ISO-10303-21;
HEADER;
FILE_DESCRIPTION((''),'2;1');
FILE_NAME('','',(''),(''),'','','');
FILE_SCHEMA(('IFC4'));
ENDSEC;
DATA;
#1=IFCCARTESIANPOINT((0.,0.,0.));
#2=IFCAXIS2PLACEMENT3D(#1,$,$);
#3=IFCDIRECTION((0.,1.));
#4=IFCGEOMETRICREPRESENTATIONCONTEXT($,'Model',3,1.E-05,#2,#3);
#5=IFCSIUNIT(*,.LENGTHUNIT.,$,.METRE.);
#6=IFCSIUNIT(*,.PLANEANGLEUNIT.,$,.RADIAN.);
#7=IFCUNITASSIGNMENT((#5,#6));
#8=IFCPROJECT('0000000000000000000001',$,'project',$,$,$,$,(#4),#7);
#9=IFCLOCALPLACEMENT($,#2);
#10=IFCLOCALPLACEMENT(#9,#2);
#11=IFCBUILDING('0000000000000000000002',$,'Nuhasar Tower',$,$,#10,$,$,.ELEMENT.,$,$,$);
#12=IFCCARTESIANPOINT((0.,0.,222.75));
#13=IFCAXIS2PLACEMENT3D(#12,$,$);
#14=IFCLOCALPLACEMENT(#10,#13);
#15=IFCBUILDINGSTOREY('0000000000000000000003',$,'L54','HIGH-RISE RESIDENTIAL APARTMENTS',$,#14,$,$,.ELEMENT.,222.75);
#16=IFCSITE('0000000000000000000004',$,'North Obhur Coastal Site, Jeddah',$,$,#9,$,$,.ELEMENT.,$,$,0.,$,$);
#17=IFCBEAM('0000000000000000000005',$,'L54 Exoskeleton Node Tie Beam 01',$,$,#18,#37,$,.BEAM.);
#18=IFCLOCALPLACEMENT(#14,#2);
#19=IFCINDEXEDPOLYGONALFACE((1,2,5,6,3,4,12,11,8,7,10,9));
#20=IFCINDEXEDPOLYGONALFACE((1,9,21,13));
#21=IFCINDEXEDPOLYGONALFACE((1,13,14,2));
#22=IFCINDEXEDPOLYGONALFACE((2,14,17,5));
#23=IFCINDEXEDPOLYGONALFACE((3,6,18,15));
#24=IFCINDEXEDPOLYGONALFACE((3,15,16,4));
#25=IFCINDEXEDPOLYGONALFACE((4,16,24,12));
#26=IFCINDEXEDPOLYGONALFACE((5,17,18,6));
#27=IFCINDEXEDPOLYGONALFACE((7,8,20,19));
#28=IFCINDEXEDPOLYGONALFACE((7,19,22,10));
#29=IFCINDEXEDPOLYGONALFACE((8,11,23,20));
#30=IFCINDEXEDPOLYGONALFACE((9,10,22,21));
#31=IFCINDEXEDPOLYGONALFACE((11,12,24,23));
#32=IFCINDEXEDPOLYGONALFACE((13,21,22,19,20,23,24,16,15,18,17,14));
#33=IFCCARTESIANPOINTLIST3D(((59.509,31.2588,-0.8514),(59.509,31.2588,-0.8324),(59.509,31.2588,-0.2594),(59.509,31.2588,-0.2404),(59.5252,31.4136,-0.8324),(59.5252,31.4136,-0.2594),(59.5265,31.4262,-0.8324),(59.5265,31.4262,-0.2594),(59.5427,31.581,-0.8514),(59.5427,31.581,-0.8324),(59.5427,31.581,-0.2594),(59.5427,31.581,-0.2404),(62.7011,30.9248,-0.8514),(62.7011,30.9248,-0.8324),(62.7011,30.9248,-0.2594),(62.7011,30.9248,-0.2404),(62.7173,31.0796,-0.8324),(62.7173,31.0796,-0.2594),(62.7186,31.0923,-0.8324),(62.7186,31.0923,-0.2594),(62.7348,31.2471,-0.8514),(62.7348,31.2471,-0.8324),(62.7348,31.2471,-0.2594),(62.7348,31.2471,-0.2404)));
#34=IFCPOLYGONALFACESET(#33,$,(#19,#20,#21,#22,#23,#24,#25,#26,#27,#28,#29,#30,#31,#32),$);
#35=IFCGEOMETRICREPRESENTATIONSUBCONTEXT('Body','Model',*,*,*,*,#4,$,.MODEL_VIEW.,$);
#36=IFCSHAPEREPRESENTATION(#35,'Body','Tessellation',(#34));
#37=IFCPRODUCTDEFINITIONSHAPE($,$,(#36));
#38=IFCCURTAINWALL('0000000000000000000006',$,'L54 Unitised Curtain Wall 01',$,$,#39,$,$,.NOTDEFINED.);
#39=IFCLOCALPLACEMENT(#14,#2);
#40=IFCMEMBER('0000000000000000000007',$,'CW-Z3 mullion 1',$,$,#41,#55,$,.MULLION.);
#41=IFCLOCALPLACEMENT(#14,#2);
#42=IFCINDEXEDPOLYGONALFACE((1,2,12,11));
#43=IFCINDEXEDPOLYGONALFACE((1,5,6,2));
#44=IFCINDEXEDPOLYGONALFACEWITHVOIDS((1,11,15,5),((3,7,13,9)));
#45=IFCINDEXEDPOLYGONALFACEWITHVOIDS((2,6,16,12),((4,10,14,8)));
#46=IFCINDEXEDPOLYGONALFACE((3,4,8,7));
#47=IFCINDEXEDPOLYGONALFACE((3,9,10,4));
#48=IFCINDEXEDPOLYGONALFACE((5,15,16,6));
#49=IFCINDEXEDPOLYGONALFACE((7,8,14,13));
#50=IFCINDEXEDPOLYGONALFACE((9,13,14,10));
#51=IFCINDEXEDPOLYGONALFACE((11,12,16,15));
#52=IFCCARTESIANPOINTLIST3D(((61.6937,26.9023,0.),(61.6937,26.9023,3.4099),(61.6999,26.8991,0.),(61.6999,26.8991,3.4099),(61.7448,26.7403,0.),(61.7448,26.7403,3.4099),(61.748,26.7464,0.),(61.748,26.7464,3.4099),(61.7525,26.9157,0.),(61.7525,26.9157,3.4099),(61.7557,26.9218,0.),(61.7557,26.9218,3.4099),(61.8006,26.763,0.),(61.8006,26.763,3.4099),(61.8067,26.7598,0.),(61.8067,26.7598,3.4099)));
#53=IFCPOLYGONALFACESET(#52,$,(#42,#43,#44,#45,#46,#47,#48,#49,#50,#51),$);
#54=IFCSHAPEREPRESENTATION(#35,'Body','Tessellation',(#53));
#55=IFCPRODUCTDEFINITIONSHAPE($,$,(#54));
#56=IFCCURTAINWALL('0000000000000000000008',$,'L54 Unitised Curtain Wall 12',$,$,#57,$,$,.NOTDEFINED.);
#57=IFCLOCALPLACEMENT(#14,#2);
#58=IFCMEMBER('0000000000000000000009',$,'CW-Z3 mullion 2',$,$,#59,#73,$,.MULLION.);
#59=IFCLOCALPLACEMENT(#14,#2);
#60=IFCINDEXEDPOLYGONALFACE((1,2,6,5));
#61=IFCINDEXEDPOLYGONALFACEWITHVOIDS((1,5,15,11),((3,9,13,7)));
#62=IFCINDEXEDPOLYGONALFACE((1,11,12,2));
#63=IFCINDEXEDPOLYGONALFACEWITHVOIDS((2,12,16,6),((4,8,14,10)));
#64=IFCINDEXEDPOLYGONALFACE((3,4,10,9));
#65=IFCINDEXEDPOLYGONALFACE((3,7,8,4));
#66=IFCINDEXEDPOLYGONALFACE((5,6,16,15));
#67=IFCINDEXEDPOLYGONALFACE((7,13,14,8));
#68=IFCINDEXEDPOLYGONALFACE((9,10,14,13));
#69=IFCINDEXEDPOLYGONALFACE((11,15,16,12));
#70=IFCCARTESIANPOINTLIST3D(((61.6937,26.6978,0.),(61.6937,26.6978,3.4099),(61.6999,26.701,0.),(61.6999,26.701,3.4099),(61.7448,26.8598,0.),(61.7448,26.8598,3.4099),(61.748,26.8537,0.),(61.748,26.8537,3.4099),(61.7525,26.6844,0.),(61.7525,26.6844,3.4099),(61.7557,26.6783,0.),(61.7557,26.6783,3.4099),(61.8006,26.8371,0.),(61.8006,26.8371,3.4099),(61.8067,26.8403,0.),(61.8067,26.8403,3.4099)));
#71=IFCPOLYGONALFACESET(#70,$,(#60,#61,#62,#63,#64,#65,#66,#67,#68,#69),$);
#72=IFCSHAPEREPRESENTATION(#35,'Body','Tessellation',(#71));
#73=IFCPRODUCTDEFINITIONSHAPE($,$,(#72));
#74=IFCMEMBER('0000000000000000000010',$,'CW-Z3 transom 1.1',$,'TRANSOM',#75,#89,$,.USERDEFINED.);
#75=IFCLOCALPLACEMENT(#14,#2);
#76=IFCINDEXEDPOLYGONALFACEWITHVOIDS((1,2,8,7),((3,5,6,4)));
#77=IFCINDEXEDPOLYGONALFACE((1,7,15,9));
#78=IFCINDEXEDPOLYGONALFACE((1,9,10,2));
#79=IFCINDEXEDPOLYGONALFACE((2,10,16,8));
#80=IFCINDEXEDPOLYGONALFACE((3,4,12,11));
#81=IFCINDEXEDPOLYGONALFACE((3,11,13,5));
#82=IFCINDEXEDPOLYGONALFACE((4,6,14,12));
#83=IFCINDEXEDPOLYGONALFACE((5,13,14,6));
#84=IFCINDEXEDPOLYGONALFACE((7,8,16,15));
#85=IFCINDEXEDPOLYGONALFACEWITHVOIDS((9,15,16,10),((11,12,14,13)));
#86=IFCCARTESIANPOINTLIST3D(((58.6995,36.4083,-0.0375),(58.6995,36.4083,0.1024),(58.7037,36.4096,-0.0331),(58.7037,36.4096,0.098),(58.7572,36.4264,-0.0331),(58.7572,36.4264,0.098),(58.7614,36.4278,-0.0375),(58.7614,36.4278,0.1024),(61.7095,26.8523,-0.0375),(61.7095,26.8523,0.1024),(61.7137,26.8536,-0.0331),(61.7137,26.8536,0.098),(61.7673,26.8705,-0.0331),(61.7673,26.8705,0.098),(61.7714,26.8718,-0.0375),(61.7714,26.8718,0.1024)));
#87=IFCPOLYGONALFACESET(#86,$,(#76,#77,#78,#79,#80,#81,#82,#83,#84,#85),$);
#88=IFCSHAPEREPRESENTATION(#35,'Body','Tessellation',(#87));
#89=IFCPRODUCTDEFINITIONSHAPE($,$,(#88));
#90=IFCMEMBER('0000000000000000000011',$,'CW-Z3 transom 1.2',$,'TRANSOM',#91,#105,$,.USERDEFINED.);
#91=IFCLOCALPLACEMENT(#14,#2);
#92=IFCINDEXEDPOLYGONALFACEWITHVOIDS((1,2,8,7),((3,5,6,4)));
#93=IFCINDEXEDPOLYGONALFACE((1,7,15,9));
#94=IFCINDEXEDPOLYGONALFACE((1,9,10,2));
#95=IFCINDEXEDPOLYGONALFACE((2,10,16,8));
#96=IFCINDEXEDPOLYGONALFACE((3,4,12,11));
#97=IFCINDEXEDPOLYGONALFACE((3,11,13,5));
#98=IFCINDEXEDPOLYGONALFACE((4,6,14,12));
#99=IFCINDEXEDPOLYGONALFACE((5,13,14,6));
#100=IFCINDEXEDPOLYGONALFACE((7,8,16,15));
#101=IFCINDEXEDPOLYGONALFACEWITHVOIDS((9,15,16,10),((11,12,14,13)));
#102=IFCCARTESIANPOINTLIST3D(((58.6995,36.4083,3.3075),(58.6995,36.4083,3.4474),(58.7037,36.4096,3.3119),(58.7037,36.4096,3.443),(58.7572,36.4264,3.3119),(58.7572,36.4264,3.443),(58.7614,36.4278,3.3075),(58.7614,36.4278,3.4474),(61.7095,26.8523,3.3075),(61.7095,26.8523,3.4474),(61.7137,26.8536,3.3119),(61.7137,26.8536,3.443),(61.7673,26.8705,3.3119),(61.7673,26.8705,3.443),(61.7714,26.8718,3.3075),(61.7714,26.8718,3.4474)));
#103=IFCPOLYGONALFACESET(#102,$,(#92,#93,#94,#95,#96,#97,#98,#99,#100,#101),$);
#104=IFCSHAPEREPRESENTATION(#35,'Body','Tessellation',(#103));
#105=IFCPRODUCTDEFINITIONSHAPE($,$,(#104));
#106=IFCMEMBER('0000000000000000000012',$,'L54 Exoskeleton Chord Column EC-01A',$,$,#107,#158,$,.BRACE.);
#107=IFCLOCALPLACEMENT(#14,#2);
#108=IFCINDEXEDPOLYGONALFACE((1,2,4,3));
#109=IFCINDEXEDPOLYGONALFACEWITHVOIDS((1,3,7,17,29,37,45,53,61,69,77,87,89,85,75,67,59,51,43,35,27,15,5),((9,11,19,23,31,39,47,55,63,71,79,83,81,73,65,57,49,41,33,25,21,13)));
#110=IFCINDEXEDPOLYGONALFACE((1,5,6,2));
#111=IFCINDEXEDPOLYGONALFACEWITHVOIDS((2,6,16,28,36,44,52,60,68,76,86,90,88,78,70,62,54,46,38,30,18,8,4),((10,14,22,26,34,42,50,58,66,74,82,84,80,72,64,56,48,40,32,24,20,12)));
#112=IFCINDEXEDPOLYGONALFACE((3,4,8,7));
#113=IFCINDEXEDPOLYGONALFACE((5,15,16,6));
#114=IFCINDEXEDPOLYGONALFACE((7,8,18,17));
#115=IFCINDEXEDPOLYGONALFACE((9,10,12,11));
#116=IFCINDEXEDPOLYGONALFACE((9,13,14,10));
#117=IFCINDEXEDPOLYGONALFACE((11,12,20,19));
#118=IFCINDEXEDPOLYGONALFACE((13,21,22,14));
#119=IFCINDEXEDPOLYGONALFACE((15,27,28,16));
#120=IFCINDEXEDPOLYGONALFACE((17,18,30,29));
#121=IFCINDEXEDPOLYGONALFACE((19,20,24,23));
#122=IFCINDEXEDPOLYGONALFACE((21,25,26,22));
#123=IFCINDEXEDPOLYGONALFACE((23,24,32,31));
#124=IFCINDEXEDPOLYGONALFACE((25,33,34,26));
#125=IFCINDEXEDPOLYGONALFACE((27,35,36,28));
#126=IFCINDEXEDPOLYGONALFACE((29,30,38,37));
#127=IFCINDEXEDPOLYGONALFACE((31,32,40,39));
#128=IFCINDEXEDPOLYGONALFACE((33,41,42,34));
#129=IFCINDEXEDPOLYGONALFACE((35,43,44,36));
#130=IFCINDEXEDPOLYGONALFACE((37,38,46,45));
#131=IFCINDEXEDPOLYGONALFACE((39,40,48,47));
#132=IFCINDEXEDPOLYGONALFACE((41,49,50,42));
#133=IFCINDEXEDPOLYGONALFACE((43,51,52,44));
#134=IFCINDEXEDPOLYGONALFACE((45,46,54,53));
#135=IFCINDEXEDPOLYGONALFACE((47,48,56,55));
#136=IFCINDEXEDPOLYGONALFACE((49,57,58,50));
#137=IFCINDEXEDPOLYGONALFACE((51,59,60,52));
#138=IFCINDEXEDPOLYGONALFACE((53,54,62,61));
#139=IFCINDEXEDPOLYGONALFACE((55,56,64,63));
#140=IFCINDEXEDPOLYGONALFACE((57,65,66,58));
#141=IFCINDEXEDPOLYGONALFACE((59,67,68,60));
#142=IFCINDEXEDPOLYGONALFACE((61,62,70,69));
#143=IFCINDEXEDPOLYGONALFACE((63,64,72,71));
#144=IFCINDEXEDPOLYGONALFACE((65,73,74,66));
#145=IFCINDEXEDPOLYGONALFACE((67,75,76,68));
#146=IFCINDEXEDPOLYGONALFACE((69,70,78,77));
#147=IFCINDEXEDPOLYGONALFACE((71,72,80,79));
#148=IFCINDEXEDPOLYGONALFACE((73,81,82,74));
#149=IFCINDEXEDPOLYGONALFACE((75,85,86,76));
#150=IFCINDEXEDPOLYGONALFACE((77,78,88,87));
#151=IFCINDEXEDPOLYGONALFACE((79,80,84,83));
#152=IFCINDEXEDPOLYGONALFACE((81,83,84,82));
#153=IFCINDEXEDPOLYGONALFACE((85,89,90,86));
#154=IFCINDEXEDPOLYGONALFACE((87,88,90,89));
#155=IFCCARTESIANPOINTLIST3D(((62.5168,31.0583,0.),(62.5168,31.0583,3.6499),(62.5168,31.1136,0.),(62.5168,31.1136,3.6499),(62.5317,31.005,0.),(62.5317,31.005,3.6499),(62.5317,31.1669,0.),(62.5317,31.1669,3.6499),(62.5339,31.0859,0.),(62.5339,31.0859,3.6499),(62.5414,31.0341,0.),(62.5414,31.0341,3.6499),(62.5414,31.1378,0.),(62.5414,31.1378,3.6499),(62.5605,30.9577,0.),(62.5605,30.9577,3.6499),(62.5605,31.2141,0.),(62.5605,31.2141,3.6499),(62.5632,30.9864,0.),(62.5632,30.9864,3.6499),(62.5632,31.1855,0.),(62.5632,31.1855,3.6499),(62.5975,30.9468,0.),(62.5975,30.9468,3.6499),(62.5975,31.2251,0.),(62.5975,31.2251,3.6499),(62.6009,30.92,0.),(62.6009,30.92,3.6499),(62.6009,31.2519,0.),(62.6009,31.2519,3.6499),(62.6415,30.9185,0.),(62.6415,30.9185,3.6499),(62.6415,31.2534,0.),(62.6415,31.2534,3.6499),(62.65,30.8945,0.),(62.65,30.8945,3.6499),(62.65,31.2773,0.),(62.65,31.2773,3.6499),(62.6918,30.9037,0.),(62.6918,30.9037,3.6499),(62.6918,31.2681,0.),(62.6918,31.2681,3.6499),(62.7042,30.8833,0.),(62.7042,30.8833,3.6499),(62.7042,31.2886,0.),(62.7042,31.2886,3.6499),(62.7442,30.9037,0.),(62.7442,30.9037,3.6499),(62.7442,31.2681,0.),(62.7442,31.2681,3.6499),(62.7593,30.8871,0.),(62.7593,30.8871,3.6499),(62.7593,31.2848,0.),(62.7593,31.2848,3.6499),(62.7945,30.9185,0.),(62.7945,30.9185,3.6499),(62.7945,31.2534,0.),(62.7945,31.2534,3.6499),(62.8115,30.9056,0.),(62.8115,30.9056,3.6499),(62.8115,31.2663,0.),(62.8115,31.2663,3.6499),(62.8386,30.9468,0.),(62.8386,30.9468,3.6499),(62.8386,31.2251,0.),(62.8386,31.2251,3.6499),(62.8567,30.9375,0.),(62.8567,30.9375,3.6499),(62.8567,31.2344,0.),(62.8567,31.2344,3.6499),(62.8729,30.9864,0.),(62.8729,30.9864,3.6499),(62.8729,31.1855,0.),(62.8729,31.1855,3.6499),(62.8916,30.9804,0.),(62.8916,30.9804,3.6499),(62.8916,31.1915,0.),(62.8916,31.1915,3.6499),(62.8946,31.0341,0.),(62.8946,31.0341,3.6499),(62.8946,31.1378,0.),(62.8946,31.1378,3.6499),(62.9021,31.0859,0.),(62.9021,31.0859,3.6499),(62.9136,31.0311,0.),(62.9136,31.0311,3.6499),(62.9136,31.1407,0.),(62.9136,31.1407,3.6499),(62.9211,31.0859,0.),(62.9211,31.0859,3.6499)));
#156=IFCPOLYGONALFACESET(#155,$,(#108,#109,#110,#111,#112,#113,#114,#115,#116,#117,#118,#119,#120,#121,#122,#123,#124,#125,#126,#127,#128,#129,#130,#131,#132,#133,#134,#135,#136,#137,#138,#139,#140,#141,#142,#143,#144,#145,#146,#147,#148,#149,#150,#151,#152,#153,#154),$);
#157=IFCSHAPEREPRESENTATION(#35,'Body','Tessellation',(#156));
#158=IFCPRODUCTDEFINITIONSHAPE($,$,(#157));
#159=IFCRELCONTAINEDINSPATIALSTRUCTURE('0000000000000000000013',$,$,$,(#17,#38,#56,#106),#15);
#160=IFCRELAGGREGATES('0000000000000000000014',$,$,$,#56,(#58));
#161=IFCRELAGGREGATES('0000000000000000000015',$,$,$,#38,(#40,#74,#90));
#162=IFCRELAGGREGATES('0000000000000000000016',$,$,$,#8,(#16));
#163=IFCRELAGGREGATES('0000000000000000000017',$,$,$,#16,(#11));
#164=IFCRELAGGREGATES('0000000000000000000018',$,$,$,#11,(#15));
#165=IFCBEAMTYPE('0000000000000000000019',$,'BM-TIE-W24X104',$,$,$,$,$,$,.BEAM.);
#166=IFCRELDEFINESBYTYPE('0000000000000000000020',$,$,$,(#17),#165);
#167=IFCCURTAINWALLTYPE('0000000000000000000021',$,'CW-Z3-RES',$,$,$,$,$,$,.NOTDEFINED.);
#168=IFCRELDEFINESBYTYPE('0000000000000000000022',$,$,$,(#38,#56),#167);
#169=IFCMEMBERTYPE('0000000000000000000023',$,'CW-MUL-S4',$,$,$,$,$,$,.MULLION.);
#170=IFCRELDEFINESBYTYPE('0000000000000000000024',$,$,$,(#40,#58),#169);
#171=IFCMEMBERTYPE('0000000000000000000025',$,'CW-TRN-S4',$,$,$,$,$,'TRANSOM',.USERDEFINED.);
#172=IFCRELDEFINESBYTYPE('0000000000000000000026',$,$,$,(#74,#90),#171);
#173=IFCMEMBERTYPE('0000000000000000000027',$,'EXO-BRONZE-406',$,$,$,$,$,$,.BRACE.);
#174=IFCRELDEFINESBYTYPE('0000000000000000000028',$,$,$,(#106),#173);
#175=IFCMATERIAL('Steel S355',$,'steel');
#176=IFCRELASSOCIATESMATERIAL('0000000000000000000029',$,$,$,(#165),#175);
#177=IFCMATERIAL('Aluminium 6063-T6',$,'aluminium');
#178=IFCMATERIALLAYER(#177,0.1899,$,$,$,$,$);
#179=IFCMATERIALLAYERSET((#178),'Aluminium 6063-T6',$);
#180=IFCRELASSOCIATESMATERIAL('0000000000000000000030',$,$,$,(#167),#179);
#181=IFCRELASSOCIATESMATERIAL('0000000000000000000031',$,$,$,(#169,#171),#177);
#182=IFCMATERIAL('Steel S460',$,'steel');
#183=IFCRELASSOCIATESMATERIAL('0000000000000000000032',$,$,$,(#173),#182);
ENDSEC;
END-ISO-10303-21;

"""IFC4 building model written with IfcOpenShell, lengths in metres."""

from ifc_helpers import new_model, si_unit, direction, frame, origin, origin_2d, place, context, subcontext, project, spatial, hollow_rectangle, hollow_circle, i_section, extrude, material, layer, layer_set, material_profile, profile_set, type_object, element, aggregate, save


model = new_model("IFC4")

# Units and contexts
model_context = context("Model", 3, precision=1e-05, world=origin(), true_north=direction((0.0, 1.0)))
body_context = subcontext(model_context, "Body", "Model", "MODEL_VIEW")
ifc_project = project(units=[si_unit("LENGTHUNIT", "METRE"), si_unit("PLANEANGLEUNIT", "RADIAN")], contexts=[model_context])

# Site, building, storey
site_placement = place(None, origin())
site = spatial("IfcSite", under=ifc_project, at=site_placement, Name="North Obhur Coastal Site, Jeddah", CompositionType="ELEMENT", RefElevation=0.0)
building_placement = place(site_placement, origin())
building = spatial("IfcBuilding", under=site, at=building_placement, Name="Nuhasar Tower", CompositionType="ELEMENT")
storey_placement = place(building_placement, frame((0.0, 0.0, 222.75)))
storey = spatial("IfcBuildingStorey", under=building, at=storey_placement, Name="L54", Description="HIGH-RISE RESIDENTIAL APARTMENTS", CompositionType="ELEMENT", Elevation=222.75)

# Beam
ifc_material_1 = material(Name="Steel S355", Category="steel")
ifc_material_profile_1 = material_profile(ifc_material_1, i_section(OverallWidth=0.324, OverallDepth=0.6111, WebThickness=0.0127, FlangeThickness=0.019, at=origin_2d()), Name="W24X104")
ifc_profile_set_1 = profile_set([ifc_material_profile_1], Name="Steel S355")
beam_type_1 = type_object("IfcBeamType", Name="BM-TIE-W24X104", PredefinedType="BEAM", material=ifc_profile_set_1)
beam_1_placement = place(storey_placement, frame((59.5259, 31.4199, -0.5459), z_axis=(0.994571, -0.104059, 0.0), x_axis=(0.104059, 0.994571, 0.0)))
element("IfcBeam", 1, at=beam_1_placement, inside=storey, type_object=beam_type_1, Name="L54 Exoskeleton Node Tie Beam 01", PredefinedType="BEAM", context=body_context, shape_type="SweptSolid", body=[
    extrude(i_section(OverallWidth=0.324, OverallDepth=0.6111, WebThickness=0.0127, FlangeThickness=0.019, at=origin_2d()), origin(), (0.0, 0.0, 1.0), 3.2095),
])

# Curtain walls, members
ifc_material_2 = material(Name="Aluminium 6063-T6", Category="aluminium")
ifc_layer_1 = layer(ifc_material_2, 0.1899)
ifc_layer_set_1 = layer_set([ifc_layer_1], Name="Aluminium 6063-T6")
curtain_wall_type = type_object("IfcCurtainWallType", Name="CW-Z3-RES", PredefinedType="NOTDEFINED", material=ifc_layer_set_1)
curtain_wall_1_placement = place(storey_placement, origin())
curtain_wall_1 = element("IfcCurtainWall", 2, at=curtain_wall_1_placement, inside=storey, type_object=curtain_wall_type, Name="L54 Unitised Curtain Wall 01", PredefinedType="NOTDEFINED")
ifc_material_profile_2 = material_profile(ifc_material_2, hollow_rectangle(XDim=0.0649, YDim=0.1699, WallThickness=0.0049, at=origin_2d()), Name="CWM-4")
ifc_profile_set_2 = profile_set([ifc_material_profile_2], Name="Aluminium 6063-T6")
member_type_1 = type_object("IfcMemberType", Name="CW-MUL-S4", PredefinedType="MULLION", material=ifc_profile_set_2)
member_1_placement = place(storey_placement, frame((61.7502, 26.8311, 0.0), z_axis=(0.0, 0.0, 1.0), x_axis=(-0.953804, -0.300429, 0.0)))
member_1 = element("IfcMember", 3, at=member_1_placement, type_object=member_type_1, Name="CW-Z3 mullion 1", PredefinedType="MULLION", context=body_context, shape_type="SweptSolid", body=[
    extrude(hollow_rectangle(XDim=0.0649, YDim=0.1699, WallThickness=0.0049, at=origin_2d()), origin(), (0.0, 0.0, 1.0), 3.4099),
])
curtain_wall_2_placement = place(storey_placement, origin())
curtain_wall_2 = element("IfcCurtainWall", 4, at=curtain_wall_2_placement, inside=storey, type_object=curtain_wall_type, Name="L54 Unitised Curtain Wall 12", PredefinedType="NOTDEFINED")
member_2_placement = place(storey_placement, frame((61.7502, 26.769, 0.0), z_axis=(0.0, 0.0, 1.0), x_axis=(-0.953804, 0.300429, 0.0)))
member_2 = element("IfcMember", 5, at=member_2_placement, type_object=member_type_1, Name="CW-Z3 mullion 2", PredefinedType="MULLION", context=body_context, shape_type="SweptSolid", body=[
    extrude(hollow_rectangle(XDim=0.0649, YDim=0.1699, WallThickness=0.0049, at=origin_2d()), origin(), (0.0, 0.0, 1.0), 3.4099),
])
aggregate(curtain_wall_2, [member_2])

# Members
ifc_material_profile_3 = material_profile(ifc_material_2, hollow_rectangle(XDim=0.0649, YDim=0.1399, WallThickness=0.0044, at=origin_2d()), Name="CWT-4")
ifc_profile_set_3 = profile_set([ifc_material_profile_3], Name="Aluminium 6063-T6")
member_type_2 = type_object("IfcMemberType", Name="CW-TRN-S4", ElementType="TRANSOM", PredefinedType="USERDEFINED", material=ifc_profile_set_3)
member_3_placement = place(storey_placement, frame((61.7405, 26.8621, 0.0325), z_axis=(-0.300437, 0.953802, 0.0), x_axis=(-0.953802, -0.300437, 0.0)))
member_3 = element("IfcMember", 6, at=member_3_placement, type_object=member_type_2, Name="CW-Z3 transom 1.1", ObjectType="TRANSOM", PredefinedType="USERDEFINED", context=body_context, shape_type="SweptSolid", body=[
    extrude(hollow_rectangle(XDim=0.0649, YDim=0.1399, WallThickness=0.0044, at=origin_2d()), origin(), (0.0, 0.0, 1.0), 10.0188),
])
member_4_placement = place(storey_placement, frame((61.7405, 26.8621, 3.3774), z_axis=(-0.300437, 0.953802, 0.0), x_axis=(-0.953802, -0.300437, 0.0)))
member_4 = element("IfcMember", 7, at=member_4_placement, type_object=member_type_2, Name="CW-Z3 transom 1.2", ObjectType="TRANSOM", PredefinedType="USERDEFINED", context=body_context, shape_type="SweptSolid", body=[
    extrude(hollow_rectangle(XDim=0.0649, YDim=0.1399, WallThickness=0.0044, at=origin_2d()), origin(), (0.0, 0.0, 1.0), 10.0188),
])

# Member
ifc_material_3 = material(Name="Steel S460", Category="steel")
ifc_material_profile_4 = material_profile(ifc_material_3, hollow_circle(Radius=0.2031, WallThickness=0.019, at=origin_2d()), Name="HSS406.4X19.1")
ifc_profile_set_4 = profile_set([ifc_material_profile_4], Name="Steel S460")
member_type_3 = type_object("IfcMemberType", Name="EXO-BRONZE-406", PredefinedType="BRACE", material=ifc_profile_set_4)
for number, where, z_axis, x_axis, name in (
    (8, (62.718, 31.0859, 0.0), (0.0, 0.0, 1.0), (1.0, 0.0, 0.0), "L54 Exoskeleton Chord Column EC-01A"),
):
    element("IfcMember", number, at=place(storey_placement, frame(where, z_axis=z_axis, x_axis=x_axis)), inside=storey, type_object=member_type_3, Name=name, PredefinedType="BRACE", context=body_context, shape_type="SweptSolid", body=[
        extrude(hollow_circle(Radius=0.2031, WallThickness=0.019, at=origin_2d()), origin(), (0.0, 0.0, 1.0), 3.6499),
    ])

aggregate(curtain_wall_1, [member_1, member_3, member_4])

save(model, "model.ifc")
